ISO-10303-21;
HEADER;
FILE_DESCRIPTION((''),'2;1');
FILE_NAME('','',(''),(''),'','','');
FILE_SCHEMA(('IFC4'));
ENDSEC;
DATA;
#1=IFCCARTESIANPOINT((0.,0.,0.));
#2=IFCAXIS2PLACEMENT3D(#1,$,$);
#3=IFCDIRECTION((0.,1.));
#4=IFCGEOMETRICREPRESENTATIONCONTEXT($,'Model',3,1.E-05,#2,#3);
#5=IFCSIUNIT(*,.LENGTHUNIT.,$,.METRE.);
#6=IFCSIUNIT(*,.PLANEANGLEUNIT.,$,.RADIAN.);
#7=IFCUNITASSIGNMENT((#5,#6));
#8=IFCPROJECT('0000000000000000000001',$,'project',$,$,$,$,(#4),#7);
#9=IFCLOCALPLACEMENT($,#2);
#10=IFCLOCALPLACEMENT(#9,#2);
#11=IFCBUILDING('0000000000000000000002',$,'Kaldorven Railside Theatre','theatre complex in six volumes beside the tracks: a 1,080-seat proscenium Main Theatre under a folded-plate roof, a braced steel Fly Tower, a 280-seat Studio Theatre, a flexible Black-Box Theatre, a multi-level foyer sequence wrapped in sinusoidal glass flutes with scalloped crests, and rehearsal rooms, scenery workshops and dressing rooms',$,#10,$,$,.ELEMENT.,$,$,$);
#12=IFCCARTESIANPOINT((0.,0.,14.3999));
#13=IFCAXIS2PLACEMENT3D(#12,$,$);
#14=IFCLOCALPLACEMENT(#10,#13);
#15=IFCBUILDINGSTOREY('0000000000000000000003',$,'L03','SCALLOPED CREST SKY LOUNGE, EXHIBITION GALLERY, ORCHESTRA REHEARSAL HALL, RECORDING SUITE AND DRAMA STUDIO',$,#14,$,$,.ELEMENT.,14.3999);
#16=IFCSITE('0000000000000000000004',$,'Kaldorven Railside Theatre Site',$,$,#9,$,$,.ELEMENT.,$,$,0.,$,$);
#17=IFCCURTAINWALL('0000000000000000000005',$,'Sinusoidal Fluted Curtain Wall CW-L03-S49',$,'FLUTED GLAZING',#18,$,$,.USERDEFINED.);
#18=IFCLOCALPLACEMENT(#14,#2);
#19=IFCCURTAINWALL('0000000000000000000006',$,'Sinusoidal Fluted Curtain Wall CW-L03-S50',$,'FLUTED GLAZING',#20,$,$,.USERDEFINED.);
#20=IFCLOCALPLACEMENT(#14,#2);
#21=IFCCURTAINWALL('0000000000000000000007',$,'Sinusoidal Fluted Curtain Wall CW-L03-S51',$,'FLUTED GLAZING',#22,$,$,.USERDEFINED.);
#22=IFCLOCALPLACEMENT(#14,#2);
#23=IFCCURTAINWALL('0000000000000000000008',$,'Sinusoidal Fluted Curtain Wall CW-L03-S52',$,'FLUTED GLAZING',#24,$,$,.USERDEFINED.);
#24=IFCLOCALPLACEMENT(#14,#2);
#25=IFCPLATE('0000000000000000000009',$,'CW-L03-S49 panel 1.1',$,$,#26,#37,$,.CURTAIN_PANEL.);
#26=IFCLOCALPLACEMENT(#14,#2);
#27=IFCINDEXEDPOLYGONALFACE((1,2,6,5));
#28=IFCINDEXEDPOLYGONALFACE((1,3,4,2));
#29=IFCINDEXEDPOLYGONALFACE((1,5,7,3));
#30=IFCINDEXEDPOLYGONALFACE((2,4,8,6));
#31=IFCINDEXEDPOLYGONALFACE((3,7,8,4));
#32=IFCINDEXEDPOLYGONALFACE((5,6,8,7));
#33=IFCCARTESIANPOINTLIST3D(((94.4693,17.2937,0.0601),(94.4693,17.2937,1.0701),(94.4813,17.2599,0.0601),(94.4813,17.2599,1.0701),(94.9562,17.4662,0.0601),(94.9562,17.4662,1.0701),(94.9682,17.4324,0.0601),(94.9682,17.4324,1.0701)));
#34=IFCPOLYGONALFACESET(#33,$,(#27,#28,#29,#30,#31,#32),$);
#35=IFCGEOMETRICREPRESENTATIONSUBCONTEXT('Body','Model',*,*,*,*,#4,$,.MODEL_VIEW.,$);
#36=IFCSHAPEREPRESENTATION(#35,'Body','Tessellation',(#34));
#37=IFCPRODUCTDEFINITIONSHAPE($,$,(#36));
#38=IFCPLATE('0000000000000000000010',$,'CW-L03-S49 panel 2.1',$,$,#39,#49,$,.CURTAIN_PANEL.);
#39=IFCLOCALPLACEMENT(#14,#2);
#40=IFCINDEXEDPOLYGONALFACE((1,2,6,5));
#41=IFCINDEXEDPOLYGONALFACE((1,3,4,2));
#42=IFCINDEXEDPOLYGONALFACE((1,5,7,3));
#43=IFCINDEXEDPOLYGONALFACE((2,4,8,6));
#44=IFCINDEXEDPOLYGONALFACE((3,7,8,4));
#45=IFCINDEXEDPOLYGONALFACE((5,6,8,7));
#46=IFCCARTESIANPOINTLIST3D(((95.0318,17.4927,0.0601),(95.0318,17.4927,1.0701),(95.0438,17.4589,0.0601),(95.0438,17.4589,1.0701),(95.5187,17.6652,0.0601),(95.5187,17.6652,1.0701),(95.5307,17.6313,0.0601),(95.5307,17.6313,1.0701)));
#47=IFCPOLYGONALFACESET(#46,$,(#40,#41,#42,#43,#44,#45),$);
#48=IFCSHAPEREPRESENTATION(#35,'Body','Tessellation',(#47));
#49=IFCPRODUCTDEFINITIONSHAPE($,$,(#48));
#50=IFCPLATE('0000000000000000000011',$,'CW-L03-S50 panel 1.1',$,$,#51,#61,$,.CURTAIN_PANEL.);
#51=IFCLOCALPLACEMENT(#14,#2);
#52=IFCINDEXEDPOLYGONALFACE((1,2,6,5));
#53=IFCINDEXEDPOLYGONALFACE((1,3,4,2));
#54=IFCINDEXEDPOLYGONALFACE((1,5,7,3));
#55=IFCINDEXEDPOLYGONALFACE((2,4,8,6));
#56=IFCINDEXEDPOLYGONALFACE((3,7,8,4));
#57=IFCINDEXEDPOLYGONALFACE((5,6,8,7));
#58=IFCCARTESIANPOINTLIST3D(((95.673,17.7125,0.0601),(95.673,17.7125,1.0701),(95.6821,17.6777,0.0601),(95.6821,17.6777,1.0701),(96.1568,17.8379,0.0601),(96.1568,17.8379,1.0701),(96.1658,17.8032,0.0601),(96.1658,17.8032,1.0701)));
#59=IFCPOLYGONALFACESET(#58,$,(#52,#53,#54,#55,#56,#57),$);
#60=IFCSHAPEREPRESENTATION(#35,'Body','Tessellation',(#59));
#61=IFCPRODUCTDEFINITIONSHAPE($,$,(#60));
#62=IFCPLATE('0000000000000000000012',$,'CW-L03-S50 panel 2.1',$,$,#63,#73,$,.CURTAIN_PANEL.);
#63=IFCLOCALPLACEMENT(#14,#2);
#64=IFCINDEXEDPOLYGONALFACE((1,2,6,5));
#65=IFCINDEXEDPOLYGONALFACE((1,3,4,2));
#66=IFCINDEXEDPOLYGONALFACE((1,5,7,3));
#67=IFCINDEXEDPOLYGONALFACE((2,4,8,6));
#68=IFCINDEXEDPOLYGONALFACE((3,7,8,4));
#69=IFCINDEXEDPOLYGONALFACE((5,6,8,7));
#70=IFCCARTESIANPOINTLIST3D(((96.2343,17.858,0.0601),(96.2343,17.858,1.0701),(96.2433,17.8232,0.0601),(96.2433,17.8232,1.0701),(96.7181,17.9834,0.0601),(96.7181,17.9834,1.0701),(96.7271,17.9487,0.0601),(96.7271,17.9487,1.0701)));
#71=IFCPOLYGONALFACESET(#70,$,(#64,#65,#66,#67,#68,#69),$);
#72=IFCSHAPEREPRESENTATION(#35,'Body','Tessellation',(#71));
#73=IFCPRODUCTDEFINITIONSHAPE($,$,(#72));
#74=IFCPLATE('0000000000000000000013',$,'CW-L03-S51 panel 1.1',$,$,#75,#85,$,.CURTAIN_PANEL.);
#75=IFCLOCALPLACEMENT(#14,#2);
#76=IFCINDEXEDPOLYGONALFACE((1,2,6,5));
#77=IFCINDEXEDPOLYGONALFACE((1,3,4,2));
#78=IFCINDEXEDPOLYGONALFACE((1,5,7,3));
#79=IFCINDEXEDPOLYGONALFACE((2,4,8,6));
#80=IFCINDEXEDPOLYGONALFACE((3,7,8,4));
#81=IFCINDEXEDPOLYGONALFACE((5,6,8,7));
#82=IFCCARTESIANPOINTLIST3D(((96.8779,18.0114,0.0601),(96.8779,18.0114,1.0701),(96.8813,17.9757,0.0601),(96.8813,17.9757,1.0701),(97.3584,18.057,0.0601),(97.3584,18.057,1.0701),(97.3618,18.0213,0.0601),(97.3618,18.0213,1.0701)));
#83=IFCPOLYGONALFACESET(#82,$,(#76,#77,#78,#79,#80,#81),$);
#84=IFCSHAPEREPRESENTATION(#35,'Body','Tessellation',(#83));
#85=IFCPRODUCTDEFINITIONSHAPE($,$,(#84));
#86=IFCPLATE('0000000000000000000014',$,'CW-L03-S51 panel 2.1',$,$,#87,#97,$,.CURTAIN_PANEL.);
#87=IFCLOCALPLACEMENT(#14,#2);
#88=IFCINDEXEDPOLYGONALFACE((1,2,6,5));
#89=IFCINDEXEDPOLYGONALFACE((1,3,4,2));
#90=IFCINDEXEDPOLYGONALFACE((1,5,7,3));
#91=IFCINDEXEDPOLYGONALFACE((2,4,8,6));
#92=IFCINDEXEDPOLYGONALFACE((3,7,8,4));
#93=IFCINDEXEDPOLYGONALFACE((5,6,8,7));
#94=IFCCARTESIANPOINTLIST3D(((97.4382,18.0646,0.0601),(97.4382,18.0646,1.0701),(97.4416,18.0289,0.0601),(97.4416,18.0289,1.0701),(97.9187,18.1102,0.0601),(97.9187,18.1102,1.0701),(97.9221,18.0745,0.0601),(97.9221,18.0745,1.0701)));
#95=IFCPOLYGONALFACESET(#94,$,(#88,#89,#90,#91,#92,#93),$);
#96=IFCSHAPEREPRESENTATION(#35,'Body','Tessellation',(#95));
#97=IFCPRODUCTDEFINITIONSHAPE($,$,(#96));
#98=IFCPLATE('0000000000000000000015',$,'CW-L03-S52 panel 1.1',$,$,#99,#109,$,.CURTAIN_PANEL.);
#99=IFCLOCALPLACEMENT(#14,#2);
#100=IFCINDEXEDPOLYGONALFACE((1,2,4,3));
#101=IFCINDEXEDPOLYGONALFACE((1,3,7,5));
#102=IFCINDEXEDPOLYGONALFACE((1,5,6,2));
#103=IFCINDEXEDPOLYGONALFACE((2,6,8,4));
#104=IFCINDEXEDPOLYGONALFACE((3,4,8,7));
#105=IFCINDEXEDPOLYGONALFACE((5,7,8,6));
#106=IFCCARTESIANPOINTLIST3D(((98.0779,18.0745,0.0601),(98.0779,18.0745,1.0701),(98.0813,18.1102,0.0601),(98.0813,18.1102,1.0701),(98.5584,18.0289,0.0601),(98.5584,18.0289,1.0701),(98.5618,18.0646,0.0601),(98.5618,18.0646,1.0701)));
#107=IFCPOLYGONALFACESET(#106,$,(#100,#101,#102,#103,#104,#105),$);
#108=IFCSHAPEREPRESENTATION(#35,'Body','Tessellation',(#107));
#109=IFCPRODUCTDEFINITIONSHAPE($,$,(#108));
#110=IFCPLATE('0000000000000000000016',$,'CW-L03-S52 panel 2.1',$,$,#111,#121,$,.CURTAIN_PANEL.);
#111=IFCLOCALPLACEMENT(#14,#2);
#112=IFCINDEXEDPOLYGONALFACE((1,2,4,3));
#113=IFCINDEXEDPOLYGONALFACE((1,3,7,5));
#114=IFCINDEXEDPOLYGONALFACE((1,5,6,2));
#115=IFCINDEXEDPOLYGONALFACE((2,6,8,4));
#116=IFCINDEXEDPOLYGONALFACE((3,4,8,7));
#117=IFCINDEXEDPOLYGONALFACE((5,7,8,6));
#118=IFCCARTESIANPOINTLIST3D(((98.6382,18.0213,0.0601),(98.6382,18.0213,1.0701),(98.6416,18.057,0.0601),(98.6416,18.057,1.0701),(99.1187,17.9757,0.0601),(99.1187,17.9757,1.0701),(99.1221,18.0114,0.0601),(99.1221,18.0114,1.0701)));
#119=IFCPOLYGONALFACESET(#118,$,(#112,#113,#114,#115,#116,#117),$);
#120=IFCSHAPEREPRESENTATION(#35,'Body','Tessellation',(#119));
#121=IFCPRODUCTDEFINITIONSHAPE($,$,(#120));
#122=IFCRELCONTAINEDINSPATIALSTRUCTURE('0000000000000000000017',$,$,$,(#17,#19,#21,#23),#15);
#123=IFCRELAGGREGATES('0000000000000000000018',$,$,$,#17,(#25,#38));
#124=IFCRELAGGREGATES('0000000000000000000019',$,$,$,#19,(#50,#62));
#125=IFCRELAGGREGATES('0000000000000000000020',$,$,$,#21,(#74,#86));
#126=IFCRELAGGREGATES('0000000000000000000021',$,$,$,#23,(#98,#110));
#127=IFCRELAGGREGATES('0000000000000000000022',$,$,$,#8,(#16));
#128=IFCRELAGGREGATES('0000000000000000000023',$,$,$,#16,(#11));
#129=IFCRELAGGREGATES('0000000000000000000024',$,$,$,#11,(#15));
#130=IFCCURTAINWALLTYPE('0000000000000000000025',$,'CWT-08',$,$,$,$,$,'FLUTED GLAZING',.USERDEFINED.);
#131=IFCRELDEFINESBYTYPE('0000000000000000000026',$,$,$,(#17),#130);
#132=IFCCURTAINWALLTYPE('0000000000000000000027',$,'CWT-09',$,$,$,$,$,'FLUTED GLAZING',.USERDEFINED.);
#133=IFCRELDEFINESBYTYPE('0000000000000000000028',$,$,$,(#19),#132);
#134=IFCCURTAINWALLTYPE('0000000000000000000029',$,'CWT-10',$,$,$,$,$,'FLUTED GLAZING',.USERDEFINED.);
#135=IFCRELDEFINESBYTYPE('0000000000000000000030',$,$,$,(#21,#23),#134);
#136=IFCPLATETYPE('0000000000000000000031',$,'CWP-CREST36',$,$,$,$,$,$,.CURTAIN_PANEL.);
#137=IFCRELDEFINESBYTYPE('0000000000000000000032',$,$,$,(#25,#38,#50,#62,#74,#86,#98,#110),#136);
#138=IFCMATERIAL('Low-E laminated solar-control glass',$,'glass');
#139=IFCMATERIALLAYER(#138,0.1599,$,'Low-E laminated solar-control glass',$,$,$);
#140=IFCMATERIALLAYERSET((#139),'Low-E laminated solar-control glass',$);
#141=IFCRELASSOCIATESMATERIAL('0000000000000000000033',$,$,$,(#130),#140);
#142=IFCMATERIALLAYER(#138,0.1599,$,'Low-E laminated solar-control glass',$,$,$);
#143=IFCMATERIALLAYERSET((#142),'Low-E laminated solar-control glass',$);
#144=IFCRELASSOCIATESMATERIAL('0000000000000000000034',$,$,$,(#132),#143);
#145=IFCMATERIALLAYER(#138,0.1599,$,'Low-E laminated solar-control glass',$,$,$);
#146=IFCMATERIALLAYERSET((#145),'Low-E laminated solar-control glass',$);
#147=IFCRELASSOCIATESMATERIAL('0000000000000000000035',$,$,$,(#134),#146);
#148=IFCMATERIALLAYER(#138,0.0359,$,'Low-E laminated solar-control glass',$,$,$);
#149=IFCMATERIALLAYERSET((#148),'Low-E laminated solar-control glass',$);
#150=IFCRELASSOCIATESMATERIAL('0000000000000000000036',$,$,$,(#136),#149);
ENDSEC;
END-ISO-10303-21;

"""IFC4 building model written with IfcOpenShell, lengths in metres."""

from ifc_helpers import new_model, si_unit, direction, frame, origin, origin_2d, place, context, subcontext, project, spatial, rectangle, extrude, material, layer, layer_set, type_object, element, aggregate, save


model = new_model("IFC4")

# Units and contexts
model_context = context("Model", 3, precision=1e-05, world=origin(), true_north=direction((0.0, 1.0)))
body_context = subcontext(model_context, "Body", "Model", "MODEL_VIEW")
ifc_project = project(units=[si_unit("LENGTHUNIT", "METRE"), si_unit("PLANEANGLEUNIT", "RADIAN")], contexts=[model_context])

# Site, building, storey
site_placement = place(None, origin())
site = spatial("IfcSite", under=ifc_project, at=site_placement, Name="Kaldorven Railside Theatre Site", CompositionType="ELEMENT", RefElevation=0.0)
building_placement = place(site_placement, origin())
building = spatial("IfcBuilding", under=site, at=building_placement, Name="Kaldorven Railside Theatre", Description="theatre complex in six volumes beside the tracks: a 1,080-seat proscenium Main Theatre under a folded-plate roof, a braced steel Fly Tower, a 280-seat Studio Theatre, a flexible Black-Box Theatre, a multi-level foyer sequence wrapped in sinusoidal glass flutes with scalloped crests, and rehearsal rooms, scenery workshops and dressing rooms", CompositionType="ELEMENT")
storey_placement = place(building_placement, frame((0.0, 0.0, 14.3999)))
storey = spatial("IfcBuildingStorey", under=building, at=storey_placement, Name="L03", Description="SCALLOPED CREST SKY LOUNGE, EXHIBITION GALLERY, ORCHESTRA REHEARSAL HALL, RECORDING SUITE AND DRAMA STUDIO", CompositionType="ELEMENT", Elevation=14.3999)

# Curtain walls
ifc_material_1 = material(Name="Low-E laminated solar-control glass", Category="glass")
ifc_layer_1 = layer(ifc_material_1, 0.1599, Name="Low-E laminated solar-control glass")
ifc_layer_set_1 = layer_set([ifc_layer_1], Name="Low-E laminated solar-control glass")
curtain_wall_type_1 = type_object("IfcCurtainWallType", Name="CWT-08", ElementType="FLUTED GLAZING", PredefinedType="USERDEFINED", material=ifc_layer_set_1)
curtain_wall_1_placement = place(storey_placement, origin())
curtain_wall_1 = element("IfcCurtainWall", 1, at=curtain_wall_1_placement, inside=storey, type_object=curtain_wall_type_1, Name="Sinusoidal Fluted Curtain Wall CW-L03-S49", ObjectType="FLUTED GLAZING", PredefinedType="USERDEFINED")
ifc_layer_2 = layer(ifc_material_1, 0.1599, Name="Low-E laminated solar-control glass")
ifc_layer_set_2 = layer_set([ifc_layer_2], Name="Low-E laminated solar-control glass")
curtain_wall_type_2 = type_object("IfcCurtainWallType", Name="CWT-09", ElementType="FLUTED GLAZING", PredefinedType="USERDEFINED", material=ifc_layer_set_2)
curtain_wall_2_placement = place(storey_placement, origin())
curtain_wall_2 = element("IfcCurtainWall", 2, at=curtain_wall_2_placement, inside=storey, type_object=curtain_wall_type_2, Name="Sinusoidal Fluted Curtain Wall CW-L03-S50", ObjectType="FLUTED GLAZING", PredefinedType="USERDEFINED")
ifc_layer_3 = layer(ifc_material_1, 0.1599, Name="Low-E laminated solar-control glass")
ifc_layer_set_3 = layer_set([ifc_layer_3], Name="Low-E laminated solar-control glass")
curtain_wall_type_3 = type_object("IfcCurtainWallType", Name="CWT-10", ElementType="FLUTED GLAZING", PredefinedType="USERDEFINED", material=ifc_layer_set_3)
curtain_wall_3_placement = place(storey_placement, origin())
curtain_wall_3 = element("IfcCurtainWall", 3, at=curtain_wall_3_placement, inside=storey, type_object=curtain_wall_type_3, Name="Sinusoidal Fluted Curtain Wall CW-L03-S51", ObjectType="FLUTED GLAZING", PredefinedType="USERDEFINED")
curtain_wall_4_placement = place(storey_placement, origin())
curtain_wall_4 = element("IfcCurtainWall", 4, at=curtain_wall_4_placement, inside=storey, type_object=curtain_wall_type_3, Name="Sinusoidal Fluted Curtain Wall CW-L03-S52", ObjectType="FLUTED GLAZING", PredefinedType="USERDEFINED")

# Plates
ifc_layer_4 = layer(ifc_material_1, 0.0359, Name="Low-E laminated solar-control glass")
ifc_layer_set_4 = layer_set([ifc_layer_4], Name="Low-E laminated solar-control glass")
plate_type = type_object("IfcPlateType", Name="CWP-CREST36", PredefinedType="CURTAIN_PANEL", material=ifc_layer_set_4)
plate_1_placement = place(storey_placement, frame((94.7188, 17.363, 0.0601), z_axis=(0.0, 0.0, 1.0), x_axis=(0.942627, 0.333847, 0.0)))
plate_1 = element("IfcPlate", 5, at=plate_1_placement, type_object=plate_type, Name="CW-L03-S49 panel 1.1", PredefinedType="CURTAIN_PANEL", context=body_context, shape_type="SweptSolid", body=[
    extrude(rectangle(XDim=0.5166, YDim=0.0359, at=origin_2d()), origin(), (0.0, 0.0, 1.0), 1.01),
])
plate_2_placement = place(storey_placement, frame((95.2812, 17.562, 0.0601), z_axis=(0.0, 0.0, 1.0), x_axis=(0.942627, 0.333847, 0.0)))
plate_2 = element("IfcPlate", 6, at=plate_2_placement, type_object=plate_type, Name="CW-L03-S49 panel 2.1", PredefinedType="CURTAIN_PANEL", context=body_context, shape_type="SweptSolid", body=[
    extrude(rectangle(XDim=0.5166, YDim=0.0359, at=origin_2d()), origin(), (0.0, 0.0, 1.0), 1.01),
])
aggregate(curtain_wall_1, [plate_1, plate_2])
plate_3_placement = place(storey_placement, frame((95.9194, 17.7578, 0.0601), z_axis=(0.0, 0.0, 1.0), x_axis=(0.967999, 0.250954, 0.0)))
plate_3 = element("IfcPlate", 7, at=plate_3_placement, type_object=plate_type, Name="CW-L03-S50 panel 1.1", PredefinedType="CURTAIN_PANEL", context=body_context, shape_type="SweptSolid", body=[
    extrude(rectangle(XDim=0.4998, YDim=0.0359, at=origin_2d()), origin(), (0.0, 0.0, 1.0), 1.01),
])
plate_4_placement = place(storey_placement, frame((96.4807, 17.9033, 0.0601), z_axis=(0.0, 0.0, 1.0), x_axis=(0.967999, 0.250954, 0.0)))
plate_4 = element("IfcPlate", 8, at=plate_4_placement, type_object=plate_type, Name="CW-L03-S50 panel 2.1", PredefinedType="CURTAIN_PANEL", context=body_context, shape_type="SweptSolid", body=[
    extrude(rectangle(XDim=0.4998, YDim=0.0359, at=origin_2d()), origin(), (0.0, 0.0, 1.0), 1.01),
])
aggregate(curtain_wall_2, [plate_3, plate_4])
plate_5_placement = place(storey_placement, frame((97.1199, 18.0164, 0.0601), z_axis=(0.0, 0.0, 1.0), x_axis=(0.995526, 0.094492, 0.0)))
plate_5 = element("IfcPlate", 9, at=plate_5_placement, type_object=plate_type, Name="CW-L03-S51 panel 1.1", PredefinedType="CURTAIN_PANEL", context=body_context, shape_type="SweptSolid", body=[
    extrude(rectangle(XDim=0.4827, YDim=0.0359, at=origin_2d()), origin(), (0.0, 0.0, 1.0), 1.01),
])
plate_6_placement = place(storey_placement, frame((97.6802, 18.0696, 0.0601), z_axis=(0.0, 0.0, 1.0), x_axis=(0.995526, 0.094492, 0.0)))
plate_6 = element("IfcPlate", 10, at=plate_6_placement, type_object=plate_type, Name="CW-L03-S51 panel 2.1", PredefinedType="CURTAIN_PANEL", context=body_context, shape_type="SweptSolid", body=[
    extrude(rectangle(XDim=0.4827, YDim=0.0359, at=origin_2d()), origin(), (0.0, 0.0, 1.0), 1.01),
])
aggregate(curtain_wall_3, [plate_5, plate_6])
plate_7_placement = place(storey_placement, frame((98.3198, 18.0696, 0.0601), z_axis=(0.0, 0.0, 1.0), x_axis=(0.995526, -0.094492, 0.0)))
plate_7 = element("IfcPlate", 11, at=plate_7_placement, type_object=plate_type, Name="CW-L03-S52 panel 1.1", PredefinedType="CURTAIN_PANEL", context=body_context, shape_type="SweptSolid", body=[
    extrude(rectangle(XDim=0.4827, YDim=0.0359, at=origin_2d()), origin(), (0.0, 0.0, 1.0), 1.01),
])
plate_8_placement = place(storey_placement, frame((98.8801, 18.0164, 0.0601), z_axis=(0.0, 0.0, 1.0), x_axis=(0.995526, -0.094492, 0.0)))
plate_8 = element("IfcPlate", 12, at=plate_8_placement, type_object=plate_type, Name="CW-L03-S52 panel 2.1", PredefinedType="CURTAIN_PANEL", context=body_context, shape_type="SweptSolid", body=[
    extrude(rectangle(XDim=0.4827, YDim=0.0359, at=origin_2d()), origin(), (0.0, 0.0, 1.0), 1.01),
])
aggregate(curtain_wall_4, [plate_7, plate_8])

save(model, "model.ifc")
